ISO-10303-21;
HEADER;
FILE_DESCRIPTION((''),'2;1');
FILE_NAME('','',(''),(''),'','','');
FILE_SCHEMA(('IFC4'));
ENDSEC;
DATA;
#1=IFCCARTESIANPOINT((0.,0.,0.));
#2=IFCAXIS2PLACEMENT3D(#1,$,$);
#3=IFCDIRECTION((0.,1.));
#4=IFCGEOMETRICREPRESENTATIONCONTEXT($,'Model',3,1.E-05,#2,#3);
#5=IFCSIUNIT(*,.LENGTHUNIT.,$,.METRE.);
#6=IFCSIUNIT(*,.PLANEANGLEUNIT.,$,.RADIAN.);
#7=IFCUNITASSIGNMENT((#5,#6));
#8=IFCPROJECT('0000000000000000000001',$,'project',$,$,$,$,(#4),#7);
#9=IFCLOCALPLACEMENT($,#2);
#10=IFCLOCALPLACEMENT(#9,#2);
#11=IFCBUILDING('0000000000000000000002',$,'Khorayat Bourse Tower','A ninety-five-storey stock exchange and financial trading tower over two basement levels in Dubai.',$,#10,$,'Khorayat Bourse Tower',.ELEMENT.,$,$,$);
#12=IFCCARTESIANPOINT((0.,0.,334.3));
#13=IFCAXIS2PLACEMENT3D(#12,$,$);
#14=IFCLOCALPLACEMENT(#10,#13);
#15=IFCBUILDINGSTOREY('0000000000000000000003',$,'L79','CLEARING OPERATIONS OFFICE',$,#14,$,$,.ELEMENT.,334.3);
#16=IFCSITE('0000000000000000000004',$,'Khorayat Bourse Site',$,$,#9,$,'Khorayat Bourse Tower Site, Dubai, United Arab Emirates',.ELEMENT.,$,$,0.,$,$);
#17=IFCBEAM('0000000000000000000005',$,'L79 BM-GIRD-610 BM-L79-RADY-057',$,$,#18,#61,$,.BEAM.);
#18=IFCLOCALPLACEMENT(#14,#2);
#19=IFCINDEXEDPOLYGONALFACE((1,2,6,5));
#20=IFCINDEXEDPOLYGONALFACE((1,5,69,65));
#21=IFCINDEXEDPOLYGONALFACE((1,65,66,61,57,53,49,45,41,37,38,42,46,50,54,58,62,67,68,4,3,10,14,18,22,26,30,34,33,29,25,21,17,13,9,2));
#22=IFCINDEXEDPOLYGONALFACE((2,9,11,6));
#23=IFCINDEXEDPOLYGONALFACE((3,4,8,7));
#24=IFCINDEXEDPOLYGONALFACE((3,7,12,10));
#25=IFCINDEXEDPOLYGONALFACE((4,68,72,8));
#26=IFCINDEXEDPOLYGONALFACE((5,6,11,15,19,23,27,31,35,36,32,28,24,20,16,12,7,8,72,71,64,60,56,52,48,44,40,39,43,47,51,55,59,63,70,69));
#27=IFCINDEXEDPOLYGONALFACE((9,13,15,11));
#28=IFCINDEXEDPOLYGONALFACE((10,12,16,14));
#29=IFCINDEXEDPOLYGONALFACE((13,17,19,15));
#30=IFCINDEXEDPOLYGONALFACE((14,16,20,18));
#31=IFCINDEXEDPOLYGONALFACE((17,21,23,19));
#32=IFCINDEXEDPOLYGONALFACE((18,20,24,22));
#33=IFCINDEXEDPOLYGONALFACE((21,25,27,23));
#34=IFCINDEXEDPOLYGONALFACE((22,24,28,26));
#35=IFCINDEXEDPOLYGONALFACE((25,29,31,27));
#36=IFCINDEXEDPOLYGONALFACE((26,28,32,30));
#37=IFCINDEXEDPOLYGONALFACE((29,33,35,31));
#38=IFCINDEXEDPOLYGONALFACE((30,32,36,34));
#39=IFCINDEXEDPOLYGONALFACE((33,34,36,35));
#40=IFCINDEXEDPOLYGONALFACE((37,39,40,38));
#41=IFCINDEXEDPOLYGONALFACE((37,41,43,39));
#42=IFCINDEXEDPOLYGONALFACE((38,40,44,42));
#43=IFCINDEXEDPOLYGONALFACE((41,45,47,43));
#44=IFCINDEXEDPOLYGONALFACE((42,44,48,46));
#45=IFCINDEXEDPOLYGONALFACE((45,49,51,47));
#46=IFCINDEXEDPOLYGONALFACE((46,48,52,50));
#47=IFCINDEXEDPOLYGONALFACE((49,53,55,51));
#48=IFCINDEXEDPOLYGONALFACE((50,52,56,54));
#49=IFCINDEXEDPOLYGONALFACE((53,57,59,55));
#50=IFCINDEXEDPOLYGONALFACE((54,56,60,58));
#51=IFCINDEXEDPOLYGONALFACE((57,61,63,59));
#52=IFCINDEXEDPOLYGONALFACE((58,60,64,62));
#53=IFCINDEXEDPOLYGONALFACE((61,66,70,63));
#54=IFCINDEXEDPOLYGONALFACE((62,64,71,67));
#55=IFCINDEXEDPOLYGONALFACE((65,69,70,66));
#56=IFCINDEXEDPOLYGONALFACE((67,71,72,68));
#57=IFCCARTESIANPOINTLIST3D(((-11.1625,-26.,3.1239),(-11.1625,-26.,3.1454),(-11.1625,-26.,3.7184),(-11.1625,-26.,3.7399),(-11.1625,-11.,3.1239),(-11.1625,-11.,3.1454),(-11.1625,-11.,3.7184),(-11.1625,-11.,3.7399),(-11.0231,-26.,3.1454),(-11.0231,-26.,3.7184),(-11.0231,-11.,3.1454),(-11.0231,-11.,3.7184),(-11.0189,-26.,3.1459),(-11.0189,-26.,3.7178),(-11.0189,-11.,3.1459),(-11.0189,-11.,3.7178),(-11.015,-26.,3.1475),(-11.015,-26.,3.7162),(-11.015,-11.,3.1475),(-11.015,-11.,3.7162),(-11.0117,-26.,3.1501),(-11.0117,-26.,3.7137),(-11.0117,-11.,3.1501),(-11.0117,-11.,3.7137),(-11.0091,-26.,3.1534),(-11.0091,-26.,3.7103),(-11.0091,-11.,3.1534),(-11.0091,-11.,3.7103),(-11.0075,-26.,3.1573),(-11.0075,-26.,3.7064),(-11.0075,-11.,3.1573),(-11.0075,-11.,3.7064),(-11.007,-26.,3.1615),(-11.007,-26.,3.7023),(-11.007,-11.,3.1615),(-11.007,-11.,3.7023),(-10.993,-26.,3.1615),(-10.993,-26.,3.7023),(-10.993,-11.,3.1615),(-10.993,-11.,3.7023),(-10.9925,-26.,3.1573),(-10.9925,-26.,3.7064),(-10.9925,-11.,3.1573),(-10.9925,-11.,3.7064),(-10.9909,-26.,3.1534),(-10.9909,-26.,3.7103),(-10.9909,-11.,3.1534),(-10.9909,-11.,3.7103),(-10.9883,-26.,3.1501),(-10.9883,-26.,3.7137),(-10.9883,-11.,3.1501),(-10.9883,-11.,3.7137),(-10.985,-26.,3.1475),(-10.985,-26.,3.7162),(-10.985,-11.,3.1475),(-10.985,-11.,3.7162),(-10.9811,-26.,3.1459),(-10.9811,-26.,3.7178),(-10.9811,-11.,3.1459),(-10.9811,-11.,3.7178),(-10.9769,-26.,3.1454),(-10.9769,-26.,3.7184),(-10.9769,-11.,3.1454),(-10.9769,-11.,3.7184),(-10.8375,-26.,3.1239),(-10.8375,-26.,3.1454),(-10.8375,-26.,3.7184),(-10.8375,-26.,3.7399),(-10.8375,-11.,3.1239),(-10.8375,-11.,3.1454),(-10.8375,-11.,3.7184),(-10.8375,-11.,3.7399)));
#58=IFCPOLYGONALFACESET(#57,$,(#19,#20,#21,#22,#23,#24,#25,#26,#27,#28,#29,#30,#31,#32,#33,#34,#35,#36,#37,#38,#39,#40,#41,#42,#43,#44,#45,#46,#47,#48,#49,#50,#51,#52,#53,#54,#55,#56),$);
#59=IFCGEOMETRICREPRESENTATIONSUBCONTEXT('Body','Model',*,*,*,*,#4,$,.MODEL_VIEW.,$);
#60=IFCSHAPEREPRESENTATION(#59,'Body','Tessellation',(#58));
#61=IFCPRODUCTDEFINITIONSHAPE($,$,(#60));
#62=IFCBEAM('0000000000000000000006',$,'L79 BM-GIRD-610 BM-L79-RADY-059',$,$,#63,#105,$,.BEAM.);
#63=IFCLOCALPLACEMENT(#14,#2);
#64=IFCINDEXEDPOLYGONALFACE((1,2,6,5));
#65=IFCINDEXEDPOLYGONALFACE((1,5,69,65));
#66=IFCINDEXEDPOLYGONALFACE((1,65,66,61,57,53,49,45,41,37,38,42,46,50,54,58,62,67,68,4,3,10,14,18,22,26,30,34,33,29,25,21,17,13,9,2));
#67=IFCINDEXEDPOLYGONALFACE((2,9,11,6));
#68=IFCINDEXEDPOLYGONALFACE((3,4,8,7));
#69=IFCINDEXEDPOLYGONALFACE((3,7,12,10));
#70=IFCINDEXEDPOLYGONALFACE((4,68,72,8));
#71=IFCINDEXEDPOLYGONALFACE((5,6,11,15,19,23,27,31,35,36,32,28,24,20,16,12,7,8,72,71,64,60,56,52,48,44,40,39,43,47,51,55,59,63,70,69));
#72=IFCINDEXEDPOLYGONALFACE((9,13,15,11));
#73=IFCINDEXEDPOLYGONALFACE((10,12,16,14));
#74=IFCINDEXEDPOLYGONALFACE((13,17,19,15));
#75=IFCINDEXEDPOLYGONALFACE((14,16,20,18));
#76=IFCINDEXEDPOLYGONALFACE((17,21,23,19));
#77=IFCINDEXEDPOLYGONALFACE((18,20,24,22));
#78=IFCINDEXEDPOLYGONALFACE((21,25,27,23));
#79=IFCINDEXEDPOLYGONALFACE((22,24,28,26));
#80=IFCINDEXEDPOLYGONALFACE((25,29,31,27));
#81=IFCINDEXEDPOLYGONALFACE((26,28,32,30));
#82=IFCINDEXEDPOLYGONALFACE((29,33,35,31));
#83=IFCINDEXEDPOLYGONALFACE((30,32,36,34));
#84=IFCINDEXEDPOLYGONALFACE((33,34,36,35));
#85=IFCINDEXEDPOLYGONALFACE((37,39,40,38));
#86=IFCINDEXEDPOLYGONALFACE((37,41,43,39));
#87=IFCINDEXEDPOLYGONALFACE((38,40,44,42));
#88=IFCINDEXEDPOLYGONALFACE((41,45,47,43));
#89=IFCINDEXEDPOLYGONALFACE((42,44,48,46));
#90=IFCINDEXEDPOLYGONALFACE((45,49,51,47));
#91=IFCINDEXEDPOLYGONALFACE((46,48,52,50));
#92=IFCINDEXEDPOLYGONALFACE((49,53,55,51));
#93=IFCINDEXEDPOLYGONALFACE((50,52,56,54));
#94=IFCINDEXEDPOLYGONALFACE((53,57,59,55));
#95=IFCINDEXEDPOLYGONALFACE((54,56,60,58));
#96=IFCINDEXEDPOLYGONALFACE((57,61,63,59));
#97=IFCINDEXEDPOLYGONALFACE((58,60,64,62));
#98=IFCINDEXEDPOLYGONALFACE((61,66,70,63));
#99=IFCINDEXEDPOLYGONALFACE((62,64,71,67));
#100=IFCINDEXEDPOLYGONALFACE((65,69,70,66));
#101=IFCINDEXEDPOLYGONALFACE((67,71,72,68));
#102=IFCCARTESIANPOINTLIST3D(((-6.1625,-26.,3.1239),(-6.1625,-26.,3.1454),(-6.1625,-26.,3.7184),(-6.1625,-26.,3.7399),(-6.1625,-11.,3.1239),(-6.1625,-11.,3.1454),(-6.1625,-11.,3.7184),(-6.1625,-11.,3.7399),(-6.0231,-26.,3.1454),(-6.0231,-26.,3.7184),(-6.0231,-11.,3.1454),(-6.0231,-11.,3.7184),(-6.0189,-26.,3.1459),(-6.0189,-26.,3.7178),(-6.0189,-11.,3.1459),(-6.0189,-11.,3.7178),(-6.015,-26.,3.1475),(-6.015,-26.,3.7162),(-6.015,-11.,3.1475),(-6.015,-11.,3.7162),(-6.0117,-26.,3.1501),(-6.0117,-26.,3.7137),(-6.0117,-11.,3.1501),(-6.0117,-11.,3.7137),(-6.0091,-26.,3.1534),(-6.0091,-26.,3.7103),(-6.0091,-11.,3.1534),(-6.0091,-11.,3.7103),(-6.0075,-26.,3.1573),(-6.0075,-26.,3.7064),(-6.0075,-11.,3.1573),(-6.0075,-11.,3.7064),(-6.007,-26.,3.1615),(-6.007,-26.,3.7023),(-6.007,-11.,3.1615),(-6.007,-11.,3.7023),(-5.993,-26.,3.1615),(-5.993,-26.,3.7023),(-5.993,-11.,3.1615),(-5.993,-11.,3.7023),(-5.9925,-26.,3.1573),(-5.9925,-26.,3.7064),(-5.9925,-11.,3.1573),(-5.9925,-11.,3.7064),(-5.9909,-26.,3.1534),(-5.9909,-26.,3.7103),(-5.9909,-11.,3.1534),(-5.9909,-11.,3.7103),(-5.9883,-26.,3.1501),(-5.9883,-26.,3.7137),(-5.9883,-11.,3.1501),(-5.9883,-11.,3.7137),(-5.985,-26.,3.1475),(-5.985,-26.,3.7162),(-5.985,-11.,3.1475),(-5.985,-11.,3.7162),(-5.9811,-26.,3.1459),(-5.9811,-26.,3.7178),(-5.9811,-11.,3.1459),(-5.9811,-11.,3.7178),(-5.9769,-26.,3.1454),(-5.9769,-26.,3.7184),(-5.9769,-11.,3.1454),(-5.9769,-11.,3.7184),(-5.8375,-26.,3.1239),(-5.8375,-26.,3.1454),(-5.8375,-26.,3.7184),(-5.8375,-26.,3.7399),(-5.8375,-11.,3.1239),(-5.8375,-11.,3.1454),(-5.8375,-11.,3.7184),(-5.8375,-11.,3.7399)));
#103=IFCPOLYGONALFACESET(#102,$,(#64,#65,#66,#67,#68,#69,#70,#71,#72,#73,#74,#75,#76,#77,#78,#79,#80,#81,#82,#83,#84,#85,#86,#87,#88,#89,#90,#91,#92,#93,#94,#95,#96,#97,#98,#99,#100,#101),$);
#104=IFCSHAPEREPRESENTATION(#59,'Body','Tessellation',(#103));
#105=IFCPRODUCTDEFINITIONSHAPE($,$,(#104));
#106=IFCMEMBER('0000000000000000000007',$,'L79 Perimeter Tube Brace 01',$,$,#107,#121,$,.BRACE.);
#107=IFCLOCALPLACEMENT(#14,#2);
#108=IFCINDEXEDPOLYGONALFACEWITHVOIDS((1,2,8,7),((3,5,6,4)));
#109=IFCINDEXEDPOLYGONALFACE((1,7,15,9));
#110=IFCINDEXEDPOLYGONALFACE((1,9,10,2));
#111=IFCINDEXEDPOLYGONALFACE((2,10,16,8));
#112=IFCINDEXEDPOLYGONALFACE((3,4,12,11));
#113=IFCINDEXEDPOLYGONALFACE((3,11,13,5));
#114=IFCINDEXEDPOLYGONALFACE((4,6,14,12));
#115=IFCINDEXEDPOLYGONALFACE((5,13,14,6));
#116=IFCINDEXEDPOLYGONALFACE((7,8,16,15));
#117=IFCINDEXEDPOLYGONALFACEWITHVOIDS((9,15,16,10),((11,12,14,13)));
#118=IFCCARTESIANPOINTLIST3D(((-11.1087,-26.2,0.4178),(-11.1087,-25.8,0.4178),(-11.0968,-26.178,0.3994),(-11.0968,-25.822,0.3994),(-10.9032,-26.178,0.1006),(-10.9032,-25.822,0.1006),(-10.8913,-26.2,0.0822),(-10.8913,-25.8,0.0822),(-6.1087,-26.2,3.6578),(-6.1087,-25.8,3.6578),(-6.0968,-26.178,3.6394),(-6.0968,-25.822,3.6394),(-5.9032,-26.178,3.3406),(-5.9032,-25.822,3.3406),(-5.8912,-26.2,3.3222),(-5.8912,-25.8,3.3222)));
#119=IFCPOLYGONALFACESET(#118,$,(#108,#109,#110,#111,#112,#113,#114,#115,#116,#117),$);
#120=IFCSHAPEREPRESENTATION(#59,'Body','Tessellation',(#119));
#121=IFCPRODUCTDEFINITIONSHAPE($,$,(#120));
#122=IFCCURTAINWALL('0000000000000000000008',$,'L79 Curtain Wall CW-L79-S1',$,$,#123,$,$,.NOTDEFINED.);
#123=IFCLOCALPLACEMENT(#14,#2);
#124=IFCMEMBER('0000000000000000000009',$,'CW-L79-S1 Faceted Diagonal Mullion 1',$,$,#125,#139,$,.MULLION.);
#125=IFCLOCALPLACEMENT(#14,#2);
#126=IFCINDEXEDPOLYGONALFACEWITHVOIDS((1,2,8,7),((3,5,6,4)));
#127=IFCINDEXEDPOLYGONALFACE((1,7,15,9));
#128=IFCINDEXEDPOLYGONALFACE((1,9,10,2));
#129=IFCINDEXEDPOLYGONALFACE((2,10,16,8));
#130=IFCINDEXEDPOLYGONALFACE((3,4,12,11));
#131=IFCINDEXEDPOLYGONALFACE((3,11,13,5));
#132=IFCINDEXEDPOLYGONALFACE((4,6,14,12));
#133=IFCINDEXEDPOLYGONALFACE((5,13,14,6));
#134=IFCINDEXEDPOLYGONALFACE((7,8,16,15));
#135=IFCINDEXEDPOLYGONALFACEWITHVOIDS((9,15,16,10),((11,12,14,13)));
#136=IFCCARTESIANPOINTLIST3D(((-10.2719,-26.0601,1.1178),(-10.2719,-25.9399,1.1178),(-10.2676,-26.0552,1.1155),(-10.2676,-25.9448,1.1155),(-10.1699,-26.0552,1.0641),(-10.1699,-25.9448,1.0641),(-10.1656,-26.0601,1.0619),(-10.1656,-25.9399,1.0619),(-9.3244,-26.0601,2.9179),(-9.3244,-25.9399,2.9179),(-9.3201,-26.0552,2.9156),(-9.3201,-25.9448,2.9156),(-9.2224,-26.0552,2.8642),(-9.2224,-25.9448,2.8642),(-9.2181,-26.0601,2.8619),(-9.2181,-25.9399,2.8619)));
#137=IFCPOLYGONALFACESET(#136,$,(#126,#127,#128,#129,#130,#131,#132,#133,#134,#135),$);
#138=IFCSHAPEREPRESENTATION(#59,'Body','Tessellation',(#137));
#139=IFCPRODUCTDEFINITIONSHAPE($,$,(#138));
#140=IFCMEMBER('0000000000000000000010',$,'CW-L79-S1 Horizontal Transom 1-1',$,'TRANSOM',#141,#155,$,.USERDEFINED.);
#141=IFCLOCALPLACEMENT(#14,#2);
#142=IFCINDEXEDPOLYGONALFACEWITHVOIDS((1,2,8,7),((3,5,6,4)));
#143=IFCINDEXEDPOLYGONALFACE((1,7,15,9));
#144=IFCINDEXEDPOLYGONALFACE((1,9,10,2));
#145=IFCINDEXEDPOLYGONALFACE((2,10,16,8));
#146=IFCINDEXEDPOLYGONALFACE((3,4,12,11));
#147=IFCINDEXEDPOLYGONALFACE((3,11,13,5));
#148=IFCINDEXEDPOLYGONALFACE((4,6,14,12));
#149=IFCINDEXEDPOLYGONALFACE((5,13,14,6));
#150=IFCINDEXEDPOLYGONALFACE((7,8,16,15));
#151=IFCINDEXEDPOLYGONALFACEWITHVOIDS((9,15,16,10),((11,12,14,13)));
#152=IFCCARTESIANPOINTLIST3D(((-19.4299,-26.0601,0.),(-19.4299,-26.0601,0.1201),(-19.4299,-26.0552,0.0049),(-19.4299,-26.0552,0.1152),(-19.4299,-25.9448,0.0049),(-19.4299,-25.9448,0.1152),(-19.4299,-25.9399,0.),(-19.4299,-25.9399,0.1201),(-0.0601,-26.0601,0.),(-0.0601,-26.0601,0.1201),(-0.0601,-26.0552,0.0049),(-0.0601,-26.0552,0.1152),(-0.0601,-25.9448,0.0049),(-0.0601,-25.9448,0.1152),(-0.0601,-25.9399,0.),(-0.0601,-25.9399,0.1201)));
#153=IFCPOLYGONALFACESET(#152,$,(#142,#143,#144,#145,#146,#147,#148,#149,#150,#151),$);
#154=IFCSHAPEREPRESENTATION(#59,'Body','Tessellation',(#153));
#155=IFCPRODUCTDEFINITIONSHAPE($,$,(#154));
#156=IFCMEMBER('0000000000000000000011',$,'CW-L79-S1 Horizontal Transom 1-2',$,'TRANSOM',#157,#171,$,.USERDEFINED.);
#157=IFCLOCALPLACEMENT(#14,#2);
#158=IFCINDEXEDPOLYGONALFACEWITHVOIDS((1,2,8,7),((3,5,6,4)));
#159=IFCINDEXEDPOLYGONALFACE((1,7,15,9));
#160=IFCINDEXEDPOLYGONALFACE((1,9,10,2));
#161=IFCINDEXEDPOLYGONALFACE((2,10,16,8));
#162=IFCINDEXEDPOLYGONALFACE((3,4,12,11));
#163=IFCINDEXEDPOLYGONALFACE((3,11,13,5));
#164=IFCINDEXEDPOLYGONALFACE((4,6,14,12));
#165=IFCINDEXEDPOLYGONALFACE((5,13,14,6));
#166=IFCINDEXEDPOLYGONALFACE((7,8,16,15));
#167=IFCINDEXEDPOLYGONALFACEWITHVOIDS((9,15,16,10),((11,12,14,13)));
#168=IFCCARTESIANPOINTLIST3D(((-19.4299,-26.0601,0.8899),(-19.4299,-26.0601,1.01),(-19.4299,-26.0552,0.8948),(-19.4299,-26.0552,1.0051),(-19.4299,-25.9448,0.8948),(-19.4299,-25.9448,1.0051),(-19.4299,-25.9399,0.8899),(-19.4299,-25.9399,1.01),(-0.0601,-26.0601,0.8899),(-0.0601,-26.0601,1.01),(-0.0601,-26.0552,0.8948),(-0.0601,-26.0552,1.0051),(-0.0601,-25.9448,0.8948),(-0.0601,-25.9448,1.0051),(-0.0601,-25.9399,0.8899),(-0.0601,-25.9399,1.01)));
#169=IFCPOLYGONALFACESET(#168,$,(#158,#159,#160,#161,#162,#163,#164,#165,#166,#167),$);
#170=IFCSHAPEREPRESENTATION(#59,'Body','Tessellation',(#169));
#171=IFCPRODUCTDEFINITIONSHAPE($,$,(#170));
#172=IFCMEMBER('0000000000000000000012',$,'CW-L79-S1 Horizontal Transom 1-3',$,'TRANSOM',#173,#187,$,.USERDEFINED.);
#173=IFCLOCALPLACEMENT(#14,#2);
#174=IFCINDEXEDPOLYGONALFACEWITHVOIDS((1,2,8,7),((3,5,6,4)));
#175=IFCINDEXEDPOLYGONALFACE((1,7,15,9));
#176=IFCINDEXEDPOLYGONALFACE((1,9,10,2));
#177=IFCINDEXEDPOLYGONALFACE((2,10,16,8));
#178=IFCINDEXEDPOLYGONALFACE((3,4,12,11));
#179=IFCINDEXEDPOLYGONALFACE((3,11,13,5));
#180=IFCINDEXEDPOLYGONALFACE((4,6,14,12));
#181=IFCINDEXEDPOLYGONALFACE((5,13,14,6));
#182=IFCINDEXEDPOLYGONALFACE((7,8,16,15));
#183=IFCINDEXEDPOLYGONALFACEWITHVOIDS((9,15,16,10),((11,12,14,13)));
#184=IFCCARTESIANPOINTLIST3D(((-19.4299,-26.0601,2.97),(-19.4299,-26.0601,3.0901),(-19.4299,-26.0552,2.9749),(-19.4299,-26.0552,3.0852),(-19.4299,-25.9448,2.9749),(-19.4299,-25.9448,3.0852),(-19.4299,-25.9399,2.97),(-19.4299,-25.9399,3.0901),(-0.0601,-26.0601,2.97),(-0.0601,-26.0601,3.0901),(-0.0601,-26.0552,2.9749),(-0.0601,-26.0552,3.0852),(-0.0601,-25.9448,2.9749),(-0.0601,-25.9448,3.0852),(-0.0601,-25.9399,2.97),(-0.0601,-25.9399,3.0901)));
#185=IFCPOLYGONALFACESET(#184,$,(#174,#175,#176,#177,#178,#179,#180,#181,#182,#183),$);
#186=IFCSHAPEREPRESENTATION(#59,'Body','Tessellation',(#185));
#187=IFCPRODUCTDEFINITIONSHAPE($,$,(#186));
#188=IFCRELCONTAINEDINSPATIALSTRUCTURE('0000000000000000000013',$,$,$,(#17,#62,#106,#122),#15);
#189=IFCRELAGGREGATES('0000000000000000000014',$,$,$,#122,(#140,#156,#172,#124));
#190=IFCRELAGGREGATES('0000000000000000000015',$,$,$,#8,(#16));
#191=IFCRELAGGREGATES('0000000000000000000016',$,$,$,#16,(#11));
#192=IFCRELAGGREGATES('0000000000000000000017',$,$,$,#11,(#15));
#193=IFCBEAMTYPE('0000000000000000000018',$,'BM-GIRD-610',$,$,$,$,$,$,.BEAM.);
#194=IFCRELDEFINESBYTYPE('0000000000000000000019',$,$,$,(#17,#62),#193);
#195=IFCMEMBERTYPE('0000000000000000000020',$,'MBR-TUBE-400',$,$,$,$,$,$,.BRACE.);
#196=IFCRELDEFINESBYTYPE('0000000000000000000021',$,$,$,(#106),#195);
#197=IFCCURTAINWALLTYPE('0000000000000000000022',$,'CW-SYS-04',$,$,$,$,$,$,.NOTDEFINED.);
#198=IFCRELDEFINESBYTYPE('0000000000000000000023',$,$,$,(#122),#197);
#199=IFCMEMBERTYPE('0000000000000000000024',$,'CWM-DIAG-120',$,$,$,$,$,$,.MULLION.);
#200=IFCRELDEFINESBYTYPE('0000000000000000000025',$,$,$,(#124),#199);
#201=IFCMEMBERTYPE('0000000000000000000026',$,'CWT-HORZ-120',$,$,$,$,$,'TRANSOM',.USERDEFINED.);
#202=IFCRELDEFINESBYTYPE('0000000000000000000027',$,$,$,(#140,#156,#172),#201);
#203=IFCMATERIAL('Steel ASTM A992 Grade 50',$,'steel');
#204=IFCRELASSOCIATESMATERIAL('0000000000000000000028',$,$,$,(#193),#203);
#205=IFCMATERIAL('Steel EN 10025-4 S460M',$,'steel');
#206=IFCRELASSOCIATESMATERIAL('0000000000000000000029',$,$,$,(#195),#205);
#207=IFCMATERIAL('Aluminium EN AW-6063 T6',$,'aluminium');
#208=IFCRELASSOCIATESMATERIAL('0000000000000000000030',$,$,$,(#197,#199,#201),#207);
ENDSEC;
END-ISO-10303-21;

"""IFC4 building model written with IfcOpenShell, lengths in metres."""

from ifc_helpers import new_model, si_unit, direction, frame, origin, origin_2d, place, context, subcontext, project, spatial, hollow_rectangle, i_section, extrude, source, transform, mapped, material, material_profile, profile_set, type_object, element, aggregate, save


model = new_model("IFC4")

# Units and contexts
model_context = context("Model", 3, precision=1e-05, world=origin(), true_north=direction((0.0, 1.0)))
body_context = subcontext(model_context, "Body", "Model", "MODEL_VIEW")
ifc_project = project(units=[si_unit("LENGTHUNIT", "METRE"), si_unit("PLANEANGLEUNIT", "RADIAN")], contexts=[model_context])

# Site, building, storey
site_placement = place(None, origin())
site = spatial("IfcSite", under=ifc_project, at=site_placement, Name="Khorayat Bourse Site", LongName="Khorayat Bourse Tower Site, Dubai, United Arab Emirates", CompositionType="ELEMENT", RefElevation=0.0)
building_placement = place(site_placement, origin())
building = spatial("IfcBuilding", under=site, at=building_placement, Name="Khorayat Bourse Tower", Description="A ninety-five-storey stock exchange and financial trading tower over two basement levels in Dubai.", LongName="Khorayat Bourse Tower", CompositionType="ELEMENT")
storey_placement = place(building_placement, frame((0.0, 0.0, 334.3)))
storey = spatial("IfcBuildingStorey", under=building, at=storey_placement, Name="L79", Description="CLEARING OPERATIONS OFFICE", CompositionType="ELEMENT", Elevation=334.3)

# Beams
ifc_material_1 = material(Name="Steel ASTM A992 Grade 50", Category="steel")
ifc_material_profile_1 = material_profile(ifc_material_1, i_section(OverallWidth=0.325, OverallDepth=0.616, WebThickness=0.0139, FlangeThickness=0.0215, FilletRadius=0.0161, at=origin_2d()), Name="W610X174")
ifc_profile_set_1 = profile_set([ifc_material_profile_1], Name="Steel ASTM A992 Grade 50")
beam_type_1 = type_object("IfcBeamType", Name="BM-GIRD-610", PredefinedType="BEAM", material=ifc_profile_set_1)
shared_shape_1 = source(origin(), body_context, "Body", "SweptSolid", [
    extrude(i_section(OverallWidth=0.325, OverallDepth=0.616, WebThickness=0.0139, FlangeThickness=0.0215, FilletRadius=0.0161, at=origin_2d()), origin(), (0.0, 0.0, 1.0), 15.0),
])
for number, where, z_axis, x_axis, name in (
    (1, (-11.0, -26.0, 3.4319), (0.0, 1.0, 0.0), (-1.0, 0.0, 0.0), "L79 BM-GIRD-610 BM-L79-RADY-057"),
    (2, (-6.0, -26.0, 3.4319), (0.0, 1.0, 0.0), (-1.0, 0.0, 0.0), "L79 BM-GIRD-610 BM-L79-RADY-059"),
):
    element("IfcBeam", number, at=place(storey_placement, frame(where, z_axis=z_axis, x_axis=x_axis)), inside=storey, type_object=beam_type_1, Name=name, PredefinedType="BEAM", context=body_context, shape_type="MappedRepresentation", body=[
        mapped(shared_shape_1, transform((0.0, 0.0, 0.0), scale=1.0)),
    ])

# Member
ifc_material_2 = material(Name="Steel EN 10025-4 S460M", Category="steel")
ifc_material_profile_2 = material_profile(ifc_material_2, hollow_rectangle(XDim=0.3999, YDim=0.3999, WallThickness=0.022, at=origin_2d()), Name="HSS 400x400x22")
ifc_profile_set_2 = profile_set([ifc_material_profile_2], Name="Steel EN 10025-4 S460M")
member_type_1 = type_object("IfcMemberType", Name="MBR-TUBE-400", PredefinedType="BRACE", material=ifc_profile_set_2)
shared_shape_2 = source(origin(), body_context, "Body", "SweptSolid", [
    extrude(hollow_rectangle(XDim=0.3999, YDim=0.3999, WallThickness=0.022, at=origin_2d()), origin(), (0.0, 0.0, 1.0), 5.958),
])
member_1_placement = place(storey_placement, frame((-11.0, -26.0, 0.25), z_axis=(0.83921, 0.0, 0.543807), x_axis=(0.0, 1.0, 0.0)))
element("IfcMember", 3, at=member_1_placement, inside=storey, type_object=member_type_1, Name="L79 Perimeter Tube Brace 01", PredefinedType="BRACE", context=body_context, shape_type="MappedRepresentation", body=[
    mapped(shared_shape_2, transform((0.0, 0.0, 0.0), scale=1.0)),
])

# Curtain wall, members
ifc_material_3 = material(Name="Aluminium EN AW-6063 T6", Category="aluminium")
curtain_wall_type = type_object("IfcCurtainWallType", Name="CW-SYS-04", PredefinedType="NOTDEFINED", material=ifc_material_3)
curtain_wall_placement = place(storey_placement, origin())
curtain_wall = element("IfcCurtainWall", 4, at=curtain_wall_placement, inside=storey, type_object=curtain_wall_type, Name="L79 Curtain Wall CW-L79-S1", PredefinedType="NOTDEFINED")
ifc_material_profile_3 = material_profile(ifc_material_3, hollow_rectangle(XDim=0.1201, YDim=0.1201, WallThickness=0.0049, at=origin_2d()), Name="ALU 120x120x5")
ifc_profile_set_3 = profile_set([ifc_material_profile_3], Name="Aluminium EN AW-6063 T6")
member_type_2 = type_object("IfcMemberType", Name="CWM-DIAG-120", PredefinedType="MULLION", material=ifc_profile_set_3)
shared_shape_3 = source(origin(), body_context, "Body", "SweptSolid", [
    extrude(hollow_rectangle(XDim=0.1201, YDim=0.1201, WallThickness=0.0049, at=origin_2d()), origin(), (0.0, 0.0, 1.0), 2.0342),
])
member_2_placement = place(storey_placement, frame((-10.2188, -26.0, 1.0898), z_axis=(0.465791, 0.0, 0.884895), x_axis=(0.0, 1.0, 0.0)))
member_2 = element("IfcMember", 5, at=member_2_placement, type_object=member_type_2, Name="CW-L79-S1 Faceted Diagonal Mullion 1", PredefinedType="MULLION", context=body_context, shape_type="MappedRepresentation", body=[
    mapped(shared_shape_3, transform((0.0, 0.0, 0.0), scale=1.0)),
])
ifc_material_profile_4 = material_profile(ifc_material_3, hollow_rectangle(XDim=0.1201, YDim=0.1201, WallThickness=0.0049, at=origin_2d()), Name="ALU 120x120x5")
ifc_profile_set_4 = profile_set([ifc_material_profile_4], Name="Aluminium EN AW-6063 T6")
member_type_3 = type_object("IfcMemberType", Name="CWT-HORZ-120", ElementType="TRANSOM", PredefinedType="USERDEFINED", material=ifc_profile_set_4)
shared_shape_4 = source(origin(), body_context, "Body", "SweptSolid", [
    extrude(hollow_rectangle(XDim=0.1201, YDim=0.1201, WallThickness=0.0049, at=origin_2d()), origin(), (0.0, 0.0, 1.0), 19.3699),
])
member_3_placement = place(storey_placement, frame((-19.4299, -26.0, 0.0601), z_axis=(1.0, 0.0, 0.0), x_axis=(0.0, 1.0, 0.0)))
member_3 = element("IfcMember", 6, at=member_3_placement, type_object=member_type_3, Name="CW-L79-S1 Horizontal Transom 1-1", ObjectType="TRANSOM", PredefinedType="USERDEFINED", context=body_context, shape_type="MappedRepresentation", body=[
    mapped(shared_shape_4, transform((0.0, 0.0, 0.0), scale=1.0)),
])
member_4_placement = place(storey_placement, frame((-19.4299, -26.0, 0.95), z_axis=(1.0, 0.0, 0.0), x_axis=(0.0, 1.0, 0.0)))
member_4 = element("IfcMember", 7, at=member_4_placement, type_object=member_type_3, Name="CW-L79-S1 Horizontal Transom 1-2", ObjectType="TRANSOM", PredefinedType="USERDEFINED", context=body_context, shape_type="MappedRepresentation", body=[
    mapped(shared_shape_4, transform((0.0, 0.0, 0.0), scale=1.0)),
])
member_5_placement = place(storey_placement, frame((-19.4299, -26.0, 3.03), z_axis=(1.0, 0.0, 0.0), x_axis=(0.0, 1.0, 0.0)))
member_5 = element("IfcMember", 8, at=member_5_placement, type_object=member_type_3, Name="CW-L79-S1 Horizontal Transom 1-3", ObjectType="TRANSOM", PredefinedType="USERDEFINED", context=body_context, shape_type="MappedRepresentation", body=[
    mapped(shared_shape_4, transform((0.0, 0.0, 0.0), scale=1.0)),
])

aggregate(curtain_wall, [member_3, member_4, member_5, member_2])

save(model, "model.ifc")
